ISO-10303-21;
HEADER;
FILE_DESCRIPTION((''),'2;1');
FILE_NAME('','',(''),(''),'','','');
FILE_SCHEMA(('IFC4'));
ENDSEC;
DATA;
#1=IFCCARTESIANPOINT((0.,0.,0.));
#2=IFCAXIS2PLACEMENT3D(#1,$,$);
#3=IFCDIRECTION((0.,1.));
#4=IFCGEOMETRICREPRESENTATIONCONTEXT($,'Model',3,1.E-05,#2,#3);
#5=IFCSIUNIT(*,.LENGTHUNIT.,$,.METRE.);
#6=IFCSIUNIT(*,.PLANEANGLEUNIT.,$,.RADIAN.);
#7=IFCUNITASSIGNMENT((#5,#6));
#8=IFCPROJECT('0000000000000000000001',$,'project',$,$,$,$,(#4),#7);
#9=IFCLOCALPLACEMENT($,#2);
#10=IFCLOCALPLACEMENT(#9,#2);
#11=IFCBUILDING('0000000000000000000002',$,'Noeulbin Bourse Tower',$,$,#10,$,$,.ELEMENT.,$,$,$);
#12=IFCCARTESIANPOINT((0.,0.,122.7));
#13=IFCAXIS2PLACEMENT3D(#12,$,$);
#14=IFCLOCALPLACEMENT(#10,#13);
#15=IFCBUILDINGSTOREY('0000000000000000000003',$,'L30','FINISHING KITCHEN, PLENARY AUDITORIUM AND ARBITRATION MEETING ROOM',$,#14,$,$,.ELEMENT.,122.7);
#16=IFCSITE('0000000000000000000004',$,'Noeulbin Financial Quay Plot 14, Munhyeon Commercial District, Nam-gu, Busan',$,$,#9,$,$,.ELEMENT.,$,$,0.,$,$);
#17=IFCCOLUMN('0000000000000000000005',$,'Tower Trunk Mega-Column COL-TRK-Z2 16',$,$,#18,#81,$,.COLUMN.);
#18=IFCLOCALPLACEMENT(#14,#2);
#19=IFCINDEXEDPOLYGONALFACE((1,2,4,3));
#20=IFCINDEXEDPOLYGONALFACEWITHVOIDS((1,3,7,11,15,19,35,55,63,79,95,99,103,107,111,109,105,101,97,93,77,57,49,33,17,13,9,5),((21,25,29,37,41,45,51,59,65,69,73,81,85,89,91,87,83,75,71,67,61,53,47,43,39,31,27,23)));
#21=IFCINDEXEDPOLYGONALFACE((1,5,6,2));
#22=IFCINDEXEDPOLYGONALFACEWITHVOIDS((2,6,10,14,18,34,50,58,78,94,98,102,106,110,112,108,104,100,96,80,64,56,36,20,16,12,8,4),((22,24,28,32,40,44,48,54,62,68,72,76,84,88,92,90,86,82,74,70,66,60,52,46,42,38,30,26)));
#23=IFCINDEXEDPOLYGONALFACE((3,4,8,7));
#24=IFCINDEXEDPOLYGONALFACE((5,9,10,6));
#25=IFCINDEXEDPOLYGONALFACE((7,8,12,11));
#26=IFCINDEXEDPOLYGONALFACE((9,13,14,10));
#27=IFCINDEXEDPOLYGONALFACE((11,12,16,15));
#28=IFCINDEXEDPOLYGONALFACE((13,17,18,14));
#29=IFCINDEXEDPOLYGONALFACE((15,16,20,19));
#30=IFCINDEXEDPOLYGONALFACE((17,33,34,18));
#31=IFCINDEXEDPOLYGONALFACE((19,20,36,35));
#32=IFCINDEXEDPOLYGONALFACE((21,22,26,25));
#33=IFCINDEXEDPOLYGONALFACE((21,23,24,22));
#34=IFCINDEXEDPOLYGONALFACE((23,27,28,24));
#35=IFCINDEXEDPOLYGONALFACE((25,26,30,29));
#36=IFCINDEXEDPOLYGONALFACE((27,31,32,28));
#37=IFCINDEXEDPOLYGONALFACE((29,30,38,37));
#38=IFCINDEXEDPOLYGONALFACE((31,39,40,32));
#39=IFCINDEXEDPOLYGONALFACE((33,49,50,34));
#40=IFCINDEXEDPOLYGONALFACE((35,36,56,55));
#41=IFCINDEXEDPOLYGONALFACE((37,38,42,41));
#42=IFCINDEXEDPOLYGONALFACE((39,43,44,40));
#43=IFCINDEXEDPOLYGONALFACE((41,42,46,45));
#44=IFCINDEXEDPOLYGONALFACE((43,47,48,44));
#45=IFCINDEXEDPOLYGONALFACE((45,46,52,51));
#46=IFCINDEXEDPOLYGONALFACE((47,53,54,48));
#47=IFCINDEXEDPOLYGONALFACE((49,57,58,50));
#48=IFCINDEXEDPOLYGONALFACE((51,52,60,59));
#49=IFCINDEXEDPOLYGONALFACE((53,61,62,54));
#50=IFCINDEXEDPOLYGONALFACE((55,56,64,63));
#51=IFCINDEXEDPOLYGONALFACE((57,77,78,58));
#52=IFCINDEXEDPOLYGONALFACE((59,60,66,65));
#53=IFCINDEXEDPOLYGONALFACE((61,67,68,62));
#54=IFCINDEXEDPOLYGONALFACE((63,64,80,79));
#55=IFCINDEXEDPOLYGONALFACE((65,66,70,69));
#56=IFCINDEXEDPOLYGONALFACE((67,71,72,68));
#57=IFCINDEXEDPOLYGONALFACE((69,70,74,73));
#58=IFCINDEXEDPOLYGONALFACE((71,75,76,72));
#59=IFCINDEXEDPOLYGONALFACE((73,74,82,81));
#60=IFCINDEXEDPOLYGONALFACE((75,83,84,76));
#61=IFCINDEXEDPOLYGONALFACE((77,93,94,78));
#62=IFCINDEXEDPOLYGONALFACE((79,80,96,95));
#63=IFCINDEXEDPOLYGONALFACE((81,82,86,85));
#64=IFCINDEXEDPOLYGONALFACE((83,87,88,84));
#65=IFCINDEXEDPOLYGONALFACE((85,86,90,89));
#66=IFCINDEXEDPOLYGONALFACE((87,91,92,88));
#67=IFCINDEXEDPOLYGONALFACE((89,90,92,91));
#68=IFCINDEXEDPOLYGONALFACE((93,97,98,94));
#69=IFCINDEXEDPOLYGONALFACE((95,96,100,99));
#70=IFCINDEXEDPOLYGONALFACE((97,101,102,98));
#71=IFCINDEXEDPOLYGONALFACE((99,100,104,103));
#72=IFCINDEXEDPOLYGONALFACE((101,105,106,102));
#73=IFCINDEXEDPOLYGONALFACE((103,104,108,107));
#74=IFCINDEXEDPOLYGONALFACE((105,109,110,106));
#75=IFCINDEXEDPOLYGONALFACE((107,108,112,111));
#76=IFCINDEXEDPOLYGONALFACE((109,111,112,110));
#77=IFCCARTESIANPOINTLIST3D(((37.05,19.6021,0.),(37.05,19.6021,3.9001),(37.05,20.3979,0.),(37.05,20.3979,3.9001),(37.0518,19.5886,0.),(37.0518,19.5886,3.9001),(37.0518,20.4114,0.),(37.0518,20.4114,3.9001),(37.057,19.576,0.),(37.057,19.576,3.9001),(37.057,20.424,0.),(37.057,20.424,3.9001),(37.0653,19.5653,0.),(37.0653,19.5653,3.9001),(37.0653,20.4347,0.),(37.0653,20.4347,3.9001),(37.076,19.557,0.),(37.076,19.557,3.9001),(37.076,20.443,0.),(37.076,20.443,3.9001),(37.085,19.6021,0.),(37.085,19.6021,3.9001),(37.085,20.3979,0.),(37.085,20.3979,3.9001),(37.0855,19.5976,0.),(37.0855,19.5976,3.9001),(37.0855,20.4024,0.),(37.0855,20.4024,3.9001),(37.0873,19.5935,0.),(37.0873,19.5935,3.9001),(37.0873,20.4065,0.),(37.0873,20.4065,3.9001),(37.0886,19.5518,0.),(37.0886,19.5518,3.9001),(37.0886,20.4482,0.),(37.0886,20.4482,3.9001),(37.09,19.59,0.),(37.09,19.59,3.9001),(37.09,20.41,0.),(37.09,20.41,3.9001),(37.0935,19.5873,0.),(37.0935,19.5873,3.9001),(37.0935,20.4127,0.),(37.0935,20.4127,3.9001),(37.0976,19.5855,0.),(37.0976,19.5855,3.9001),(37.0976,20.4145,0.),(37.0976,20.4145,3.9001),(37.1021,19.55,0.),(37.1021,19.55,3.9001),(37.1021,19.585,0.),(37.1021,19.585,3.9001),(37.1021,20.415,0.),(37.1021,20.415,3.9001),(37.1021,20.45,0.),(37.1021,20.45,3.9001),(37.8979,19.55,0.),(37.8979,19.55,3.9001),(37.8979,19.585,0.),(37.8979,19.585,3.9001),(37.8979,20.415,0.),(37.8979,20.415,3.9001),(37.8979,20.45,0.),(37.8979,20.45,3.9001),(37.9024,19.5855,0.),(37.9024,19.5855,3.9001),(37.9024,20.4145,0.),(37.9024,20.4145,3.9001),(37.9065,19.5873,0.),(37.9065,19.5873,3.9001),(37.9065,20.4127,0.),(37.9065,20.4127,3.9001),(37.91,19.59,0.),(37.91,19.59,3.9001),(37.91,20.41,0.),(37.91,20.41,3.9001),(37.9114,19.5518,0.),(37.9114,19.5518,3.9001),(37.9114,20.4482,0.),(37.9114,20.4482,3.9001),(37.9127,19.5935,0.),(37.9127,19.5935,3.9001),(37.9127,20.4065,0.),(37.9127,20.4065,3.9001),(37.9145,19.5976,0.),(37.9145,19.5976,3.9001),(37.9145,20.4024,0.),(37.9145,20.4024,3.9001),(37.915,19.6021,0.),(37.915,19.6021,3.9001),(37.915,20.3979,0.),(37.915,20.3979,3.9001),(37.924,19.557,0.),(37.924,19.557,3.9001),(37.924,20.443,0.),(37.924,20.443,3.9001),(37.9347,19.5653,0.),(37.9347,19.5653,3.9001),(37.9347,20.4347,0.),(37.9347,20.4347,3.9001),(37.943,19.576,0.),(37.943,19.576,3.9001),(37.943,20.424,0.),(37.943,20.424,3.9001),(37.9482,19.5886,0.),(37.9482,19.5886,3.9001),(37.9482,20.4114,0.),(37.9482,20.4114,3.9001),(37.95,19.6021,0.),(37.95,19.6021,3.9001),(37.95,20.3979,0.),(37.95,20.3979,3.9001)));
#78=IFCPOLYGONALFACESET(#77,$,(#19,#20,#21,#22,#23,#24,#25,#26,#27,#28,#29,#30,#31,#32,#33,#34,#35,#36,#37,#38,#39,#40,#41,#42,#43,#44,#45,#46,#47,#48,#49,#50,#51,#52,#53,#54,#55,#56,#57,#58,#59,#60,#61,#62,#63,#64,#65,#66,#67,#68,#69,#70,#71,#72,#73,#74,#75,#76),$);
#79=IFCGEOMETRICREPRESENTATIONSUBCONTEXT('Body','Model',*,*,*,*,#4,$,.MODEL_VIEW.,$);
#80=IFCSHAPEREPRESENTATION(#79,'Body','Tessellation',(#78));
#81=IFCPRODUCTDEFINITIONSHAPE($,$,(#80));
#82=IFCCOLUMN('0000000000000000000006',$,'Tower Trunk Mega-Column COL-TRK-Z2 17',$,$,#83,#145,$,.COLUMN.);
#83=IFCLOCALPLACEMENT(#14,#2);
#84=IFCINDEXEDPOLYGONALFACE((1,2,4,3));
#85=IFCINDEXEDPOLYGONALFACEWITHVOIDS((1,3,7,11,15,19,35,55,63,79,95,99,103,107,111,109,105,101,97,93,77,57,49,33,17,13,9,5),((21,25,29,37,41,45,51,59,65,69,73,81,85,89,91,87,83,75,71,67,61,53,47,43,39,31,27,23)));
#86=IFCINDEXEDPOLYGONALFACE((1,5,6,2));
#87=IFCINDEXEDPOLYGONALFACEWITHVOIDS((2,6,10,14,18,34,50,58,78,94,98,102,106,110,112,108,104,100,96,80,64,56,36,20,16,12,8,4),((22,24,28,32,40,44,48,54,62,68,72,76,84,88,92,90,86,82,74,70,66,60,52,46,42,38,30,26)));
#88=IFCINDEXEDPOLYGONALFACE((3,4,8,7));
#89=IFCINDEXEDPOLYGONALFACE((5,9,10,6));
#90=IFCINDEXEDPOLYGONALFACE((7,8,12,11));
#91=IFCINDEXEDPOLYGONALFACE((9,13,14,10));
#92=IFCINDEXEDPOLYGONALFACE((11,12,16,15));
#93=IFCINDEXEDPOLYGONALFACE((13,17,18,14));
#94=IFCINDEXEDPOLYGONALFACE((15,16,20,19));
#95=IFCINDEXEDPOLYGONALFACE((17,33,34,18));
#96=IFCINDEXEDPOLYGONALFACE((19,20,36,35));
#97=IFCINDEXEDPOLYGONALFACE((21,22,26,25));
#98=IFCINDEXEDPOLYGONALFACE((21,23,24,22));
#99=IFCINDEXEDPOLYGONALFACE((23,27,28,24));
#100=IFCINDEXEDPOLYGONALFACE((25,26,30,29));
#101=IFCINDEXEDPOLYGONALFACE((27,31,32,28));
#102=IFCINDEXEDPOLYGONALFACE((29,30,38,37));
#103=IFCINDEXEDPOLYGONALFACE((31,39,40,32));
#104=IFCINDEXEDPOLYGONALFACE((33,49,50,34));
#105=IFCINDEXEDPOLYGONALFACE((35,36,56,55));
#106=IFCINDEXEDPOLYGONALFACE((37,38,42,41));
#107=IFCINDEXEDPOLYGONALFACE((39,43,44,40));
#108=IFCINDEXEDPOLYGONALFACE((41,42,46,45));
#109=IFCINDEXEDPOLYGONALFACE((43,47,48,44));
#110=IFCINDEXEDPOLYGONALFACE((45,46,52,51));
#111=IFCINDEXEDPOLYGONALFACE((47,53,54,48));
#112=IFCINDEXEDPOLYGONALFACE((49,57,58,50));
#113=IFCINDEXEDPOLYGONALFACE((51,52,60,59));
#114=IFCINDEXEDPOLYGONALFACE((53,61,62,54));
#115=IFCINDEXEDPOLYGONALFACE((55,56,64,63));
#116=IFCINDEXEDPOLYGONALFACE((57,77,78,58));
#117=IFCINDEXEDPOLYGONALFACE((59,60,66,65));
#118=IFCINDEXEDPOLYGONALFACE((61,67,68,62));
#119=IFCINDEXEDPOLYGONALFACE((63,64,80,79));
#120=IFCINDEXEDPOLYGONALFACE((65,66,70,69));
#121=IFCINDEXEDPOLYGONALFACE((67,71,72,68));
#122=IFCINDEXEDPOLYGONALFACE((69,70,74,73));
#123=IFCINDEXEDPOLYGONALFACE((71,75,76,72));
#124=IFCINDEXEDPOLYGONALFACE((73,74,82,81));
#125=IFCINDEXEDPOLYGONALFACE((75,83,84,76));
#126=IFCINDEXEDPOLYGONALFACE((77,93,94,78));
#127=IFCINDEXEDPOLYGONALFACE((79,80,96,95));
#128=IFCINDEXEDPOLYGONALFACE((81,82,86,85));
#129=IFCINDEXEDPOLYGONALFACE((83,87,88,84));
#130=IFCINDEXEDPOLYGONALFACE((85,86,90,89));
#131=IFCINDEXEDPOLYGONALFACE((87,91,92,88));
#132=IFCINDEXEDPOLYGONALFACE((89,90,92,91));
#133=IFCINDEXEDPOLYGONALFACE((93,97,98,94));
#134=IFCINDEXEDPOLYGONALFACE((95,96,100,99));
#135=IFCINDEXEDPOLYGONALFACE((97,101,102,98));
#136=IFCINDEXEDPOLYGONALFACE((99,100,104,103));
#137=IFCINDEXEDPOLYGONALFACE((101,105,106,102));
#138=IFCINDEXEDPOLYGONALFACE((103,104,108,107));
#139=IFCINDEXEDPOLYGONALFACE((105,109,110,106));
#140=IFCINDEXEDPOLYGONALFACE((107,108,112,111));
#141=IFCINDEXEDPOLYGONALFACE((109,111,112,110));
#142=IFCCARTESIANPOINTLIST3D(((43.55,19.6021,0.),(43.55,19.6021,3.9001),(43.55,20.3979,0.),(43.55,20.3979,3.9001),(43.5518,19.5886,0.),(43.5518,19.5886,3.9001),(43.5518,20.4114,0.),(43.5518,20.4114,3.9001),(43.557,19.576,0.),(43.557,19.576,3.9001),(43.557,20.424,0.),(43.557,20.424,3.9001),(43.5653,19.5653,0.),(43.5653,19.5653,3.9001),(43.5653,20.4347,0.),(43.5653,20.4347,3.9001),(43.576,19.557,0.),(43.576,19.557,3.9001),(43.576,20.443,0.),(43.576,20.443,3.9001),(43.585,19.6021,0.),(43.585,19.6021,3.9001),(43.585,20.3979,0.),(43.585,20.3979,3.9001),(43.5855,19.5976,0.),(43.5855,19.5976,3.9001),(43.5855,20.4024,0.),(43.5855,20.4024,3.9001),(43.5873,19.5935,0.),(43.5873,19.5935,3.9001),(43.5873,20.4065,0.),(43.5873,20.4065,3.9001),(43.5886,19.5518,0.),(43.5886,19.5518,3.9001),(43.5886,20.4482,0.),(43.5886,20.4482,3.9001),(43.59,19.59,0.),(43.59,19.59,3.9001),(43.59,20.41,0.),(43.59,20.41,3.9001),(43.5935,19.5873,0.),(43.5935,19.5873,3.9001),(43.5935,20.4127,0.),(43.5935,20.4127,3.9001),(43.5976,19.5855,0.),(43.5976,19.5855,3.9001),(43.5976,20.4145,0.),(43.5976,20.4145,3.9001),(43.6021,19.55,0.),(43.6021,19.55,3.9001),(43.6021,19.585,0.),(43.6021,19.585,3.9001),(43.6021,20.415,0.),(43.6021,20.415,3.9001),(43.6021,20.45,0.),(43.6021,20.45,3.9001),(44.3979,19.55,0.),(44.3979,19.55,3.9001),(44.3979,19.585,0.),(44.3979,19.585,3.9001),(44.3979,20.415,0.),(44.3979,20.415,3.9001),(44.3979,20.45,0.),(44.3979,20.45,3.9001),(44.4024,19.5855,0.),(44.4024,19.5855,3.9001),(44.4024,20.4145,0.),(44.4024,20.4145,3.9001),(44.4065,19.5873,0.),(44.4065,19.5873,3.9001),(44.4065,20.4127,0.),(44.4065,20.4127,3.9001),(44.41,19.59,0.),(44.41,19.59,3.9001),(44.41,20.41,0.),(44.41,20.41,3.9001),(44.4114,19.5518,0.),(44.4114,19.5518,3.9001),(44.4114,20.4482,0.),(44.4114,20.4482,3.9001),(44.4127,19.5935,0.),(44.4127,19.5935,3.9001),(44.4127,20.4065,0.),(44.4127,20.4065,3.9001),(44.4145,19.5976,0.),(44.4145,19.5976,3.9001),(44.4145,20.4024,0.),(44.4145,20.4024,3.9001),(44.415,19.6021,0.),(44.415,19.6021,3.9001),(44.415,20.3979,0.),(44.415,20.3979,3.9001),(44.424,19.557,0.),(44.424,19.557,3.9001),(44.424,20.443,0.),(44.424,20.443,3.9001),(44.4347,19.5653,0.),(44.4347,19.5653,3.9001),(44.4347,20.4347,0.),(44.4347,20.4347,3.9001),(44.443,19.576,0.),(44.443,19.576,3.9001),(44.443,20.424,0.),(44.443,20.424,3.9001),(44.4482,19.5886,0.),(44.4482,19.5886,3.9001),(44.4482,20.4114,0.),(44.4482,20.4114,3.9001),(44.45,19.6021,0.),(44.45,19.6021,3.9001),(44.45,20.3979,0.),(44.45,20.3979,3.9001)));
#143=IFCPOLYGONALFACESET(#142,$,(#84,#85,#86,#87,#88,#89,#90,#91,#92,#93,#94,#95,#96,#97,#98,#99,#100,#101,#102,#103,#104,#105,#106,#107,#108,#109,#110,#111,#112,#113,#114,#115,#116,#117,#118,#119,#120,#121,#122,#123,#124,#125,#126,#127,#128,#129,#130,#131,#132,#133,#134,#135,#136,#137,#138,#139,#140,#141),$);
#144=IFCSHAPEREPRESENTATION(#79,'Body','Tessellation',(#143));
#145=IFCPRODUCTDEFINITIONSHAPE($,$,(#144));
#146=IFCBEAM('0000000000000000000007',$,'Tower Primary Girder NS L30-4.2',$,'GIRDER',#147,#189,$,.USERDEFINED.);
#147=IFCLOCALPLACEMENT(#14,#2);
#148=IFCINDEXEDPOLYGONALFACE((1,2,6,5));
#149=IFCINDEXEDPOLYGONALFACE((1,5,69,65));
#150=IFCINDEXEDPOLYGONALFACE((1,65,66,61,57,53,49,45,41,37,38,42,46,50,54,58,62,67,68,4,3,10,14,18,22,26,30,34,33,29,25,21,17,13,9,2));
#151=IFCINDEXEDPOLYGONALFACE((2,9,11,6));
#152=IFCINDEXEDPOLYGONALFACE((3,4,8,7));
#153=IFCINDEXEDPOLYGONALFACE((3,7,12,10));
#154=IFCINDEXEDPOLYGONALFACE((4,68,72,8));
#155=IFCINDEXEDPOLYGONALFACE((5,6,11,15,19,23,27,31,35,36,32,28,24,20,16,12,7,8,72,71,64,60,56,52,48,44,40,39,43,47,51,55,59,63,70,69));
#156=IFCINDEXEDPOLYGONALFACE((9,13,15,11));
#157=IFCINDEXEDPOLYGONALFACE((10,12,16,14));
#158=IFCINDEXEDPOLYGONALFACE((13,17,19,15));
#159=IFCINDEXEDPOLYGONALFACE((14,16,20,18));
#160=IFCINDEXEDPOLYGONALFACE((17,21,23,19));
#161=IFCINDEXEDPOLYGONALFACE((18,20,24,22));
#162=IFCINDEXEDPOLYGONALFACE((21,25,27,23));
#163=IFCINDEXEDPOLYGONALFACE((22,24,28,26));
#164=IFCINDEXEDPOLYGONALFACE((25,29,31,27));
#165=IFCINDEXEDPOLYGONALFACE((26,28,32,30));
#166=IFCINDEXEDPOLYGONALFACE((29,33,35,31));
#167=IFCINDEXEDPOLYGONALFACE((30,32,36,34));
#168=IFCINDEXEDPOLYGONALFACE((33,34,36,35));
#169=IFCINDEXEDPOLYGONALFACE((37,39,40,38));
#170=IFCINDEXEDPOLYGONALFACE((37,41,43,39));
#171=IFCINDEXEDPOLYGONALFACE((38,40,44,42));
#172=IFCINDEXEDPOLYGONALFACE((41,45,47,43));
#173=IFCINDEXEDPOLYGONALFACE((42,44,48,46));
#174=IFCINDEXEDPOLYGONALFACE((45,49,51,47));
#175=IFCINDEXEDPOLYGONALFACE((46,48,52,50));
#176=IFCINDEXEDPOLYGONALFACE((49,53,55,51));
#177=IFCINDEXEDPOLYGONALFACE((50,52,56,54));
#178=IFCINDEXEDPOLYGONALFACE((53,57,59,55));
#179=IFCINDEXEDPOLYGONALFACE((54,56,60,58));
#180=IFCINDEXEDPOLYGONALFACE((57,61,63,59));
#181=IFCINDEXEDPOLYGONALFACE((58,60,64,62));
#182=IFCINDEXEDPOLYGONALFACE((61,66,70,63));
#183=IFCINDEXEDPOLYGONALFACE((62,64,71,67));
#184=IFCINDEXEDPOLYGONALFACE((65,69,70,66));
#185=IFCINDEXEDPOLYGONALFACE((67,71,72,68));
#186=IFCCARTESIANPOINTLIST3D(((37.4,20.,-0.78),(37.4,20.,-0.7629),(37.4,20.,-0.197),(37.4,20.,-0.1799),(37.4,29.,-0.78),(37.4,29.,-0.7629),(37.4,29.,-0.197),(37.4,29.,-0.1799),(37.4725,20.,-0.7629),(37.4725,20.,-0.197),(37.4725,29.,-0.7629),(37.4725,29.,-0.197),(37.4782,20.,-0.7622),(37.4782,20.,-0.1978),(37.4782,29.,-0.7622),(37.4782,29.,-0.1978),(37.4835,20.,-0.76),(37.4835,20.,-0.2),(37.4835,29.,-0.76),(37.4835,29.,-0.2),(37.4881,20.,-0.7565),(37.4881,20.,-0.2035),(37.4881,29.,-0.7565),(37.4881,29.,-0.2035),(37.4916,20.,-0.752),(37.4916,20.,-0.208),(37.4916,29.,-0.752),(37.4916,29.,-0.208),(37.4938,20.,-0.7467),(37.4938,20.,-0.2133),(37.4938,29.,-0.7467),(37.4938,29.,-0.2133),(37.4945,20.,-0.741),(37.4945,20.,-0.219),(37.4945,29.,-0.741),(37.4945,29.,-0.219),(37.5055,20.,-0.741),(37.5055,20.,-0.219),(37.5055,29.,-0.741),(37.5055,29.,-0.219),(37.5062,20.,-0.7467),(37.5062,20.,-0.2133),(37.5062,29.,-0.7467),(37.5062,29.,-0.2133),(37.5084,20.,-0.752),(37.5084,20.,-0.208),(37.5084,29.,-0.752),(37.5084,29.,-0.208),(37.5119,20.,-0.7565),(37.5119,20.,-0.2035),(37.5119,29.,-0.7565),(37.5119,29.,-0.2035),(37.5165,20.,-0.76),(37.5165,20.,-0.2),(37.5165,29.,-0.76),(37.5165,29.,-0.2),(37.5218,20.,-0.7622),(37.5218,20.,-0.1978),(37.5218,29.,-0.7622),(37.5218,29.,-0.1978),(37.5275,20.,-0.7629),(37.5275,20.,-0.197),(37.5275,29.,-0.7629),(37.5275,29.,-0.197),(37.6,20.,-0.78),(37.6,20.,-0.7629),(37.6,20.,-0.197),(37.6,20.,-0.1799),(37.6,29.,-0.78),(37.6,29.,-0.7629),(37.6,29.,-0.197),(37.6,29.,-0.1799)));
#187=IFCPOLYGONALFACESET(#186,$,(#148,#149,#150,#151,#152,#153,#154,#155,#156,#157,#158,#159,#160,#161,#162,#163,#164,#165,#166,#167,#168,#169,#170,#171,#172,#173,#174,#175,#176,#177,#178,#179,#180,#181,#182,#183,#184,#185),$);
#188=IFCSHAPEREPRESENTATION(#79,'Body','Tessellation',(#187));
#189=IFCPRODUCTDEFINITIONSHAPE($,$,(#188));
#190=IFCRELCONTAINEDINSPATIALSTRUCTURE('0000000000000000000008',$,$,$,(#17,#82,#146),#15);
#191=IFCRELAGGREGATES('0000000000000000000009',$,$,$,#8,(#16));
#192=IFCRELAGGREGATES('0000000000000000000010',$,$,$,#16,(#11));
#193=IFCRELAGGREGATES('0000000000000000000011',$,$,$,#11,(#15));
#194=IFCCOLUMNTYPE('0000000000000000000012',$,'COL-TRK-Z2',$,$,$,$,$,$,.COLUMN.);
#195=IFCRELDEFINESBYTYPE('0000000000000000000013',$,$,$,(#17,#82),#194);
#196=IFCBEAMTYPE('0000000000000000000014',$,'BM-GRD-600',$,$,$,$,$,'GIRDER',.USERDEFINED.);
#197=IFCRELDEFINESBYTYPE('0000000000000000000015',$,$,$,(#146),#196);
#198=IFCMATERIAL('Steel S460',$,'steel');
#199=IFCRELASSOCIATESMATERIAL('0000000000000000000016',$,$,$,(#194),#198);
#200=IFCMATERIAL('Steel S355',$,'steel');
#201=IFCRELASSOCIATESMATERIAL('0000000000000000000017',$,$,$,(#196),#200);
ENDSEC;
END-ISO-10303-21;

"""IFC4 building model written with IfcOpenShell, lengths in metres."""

from ifc_helpers import new_model, si_unit, direction, frame, origin, origin_2d, place, context, subcontext, project, spatial, hollow_rectangle, i_section, extrude, material, material_profile, profile_set, type_object, element, save


model = new_model("IFC4")

# Units and contexts
model_context = context("Model", 3, precision=1e-05, world=origin(), true_north=direction((0.0, 1.0)))
body_context = subcontext(model_context, "Body", "Model", "MODEL_VIEW")
ifc_project = project(units=[si_unit("LENGTHUNIT", "METRE"), si_unit("PLANEANGLEUNIT", "RADIAN")], contexts=[model_context])

# Site, building, storey
site_placement = place(None, origin())
site = spatial("IfcSite", under=ifc_project, at=site_placement, Name="Noeulbin Financial Quay Plot 14, Munhyeon Commercial District, Nam-gu, Busan", CompositionType="ELEMENT", RefElevation=0.0)
building_placement = place(site_placement, origin())
building = spatial("IfcBuilding", under=site, at=building_placement, Name="Noeulbin Bourse Tower", CompositionType="ELEMENT")
storey_placement = place(building_placement, frame((0.0, 0.0, 122.7)))
storey = spatial("IfcBuildingStorey", under=building, at=storey_placement, Name="L30", Description="FINISHING KITCHEN, PLENARY AUDITORIUM AND ARBITRATION MEETING ROOM", CompositionType="ELEMENT", Elevation=122.7)

# Columns
ifc_material_1 = material(Name="Steel S355", Category="steel")
ifc_material_2 = material(Name="Steel S460", Category="steel")
ifc_material_profile_1 = material_profile(ifc_material_2, hollow_rectangle(XDim=0.8999, YDim=0.8999, WallThickness=0.0349, InnerFilletRadius=0.0171, OuterFilletRadius=0.052, at=origin_2d()), Name="BOX-900x900x35", Category="LoadBearing")
ifc_profile_set_1 = profile_set([ifc_material_profile_1], Name="Steel S460")
column_type_1 = type_object("IfcColumnType", Name="COL-TRK-Z2", PredefinedType="COLUMN", material=ifc_profile_set_1)
for number, where, z_axis, x_axis, name in (
    (1, (37.5, 20.0, 0.0), (0.0, 0.0, 1.0), (1.0, 0.0, 0.0), "Tower Trunk Mega-Column COL-TRK-Z2 16"),
    (2, (44.0, 20.0, 0.0), (0.0, 0.0, 1.0), (1.0, 0.0, 0.0), "Tower Trunk Mega-Column COL-TRK-Z2 17"),
):
    element("IfcColumn", number, at=place(storey_placement, frame(where, z_axis=z_axis, x_axis=x_axis)), inside=storey, type_object=column_type_1, Name=name, PredefinedType="COLUMN", context=body_context, shape_type="SweptSolid", body=[
        extrude(hollow_rectangle(XDim=0.8999, YDim=0.8999, WallThickness=0.0349, InnerFilletRadius=0.0171, OuterFilletRadius=0.052, at=origin_2d()), origin(), (0.0, 0.0, 1.0), 3.9001),
    ])

# Beam
ifc_material_profile_2 = material_profile(ifc_material_1, i_section(OverallWidth=0.2, OverallDepth=0.6001, WebThickness=0.011, FlangeThickness=0.0171, FilletRadius=0.022, at=origin_2d()), Name="H-600x200x11x17", Category="LoadBearing")
ifc_profile_set_2 = profile_set([ifc_material_profile_2], Name="Steel S355")
beam_type_1 = type_object("IfcBeamType", Name="BM-GRD-600", ElementType="GIRDER", PredefinedType="USERDEFINED", material=ifc_profile_set_2)
beam_1_placement = place(storey_placement, frame((37.5, 20.0, -0.48), z_axis=(0.0, 1.0, 0.0), x_axis=(-1.0, 0.0, 0.0)))
element("IfcBeam", 3, at=beam_1_placement, inside=storey, type_object=beam_type_1, Name="Tower Primary Girder NS L30-4.2", ObjectType="GIRDER", PredefinedType="USERDEFINED", context=body_context, shape_type="SweptSolid", body=[
    extrude(i_section(OverallWidth=0.2, OverallDepth=0.6001, WebThickness=0.011, FlangeThickness=0.0171, FilletRadius=0.022, at=origin_2d()), origin(), (0.0, 0.0, 1.0), 9.0),
])

save(model, "model.ifc")
